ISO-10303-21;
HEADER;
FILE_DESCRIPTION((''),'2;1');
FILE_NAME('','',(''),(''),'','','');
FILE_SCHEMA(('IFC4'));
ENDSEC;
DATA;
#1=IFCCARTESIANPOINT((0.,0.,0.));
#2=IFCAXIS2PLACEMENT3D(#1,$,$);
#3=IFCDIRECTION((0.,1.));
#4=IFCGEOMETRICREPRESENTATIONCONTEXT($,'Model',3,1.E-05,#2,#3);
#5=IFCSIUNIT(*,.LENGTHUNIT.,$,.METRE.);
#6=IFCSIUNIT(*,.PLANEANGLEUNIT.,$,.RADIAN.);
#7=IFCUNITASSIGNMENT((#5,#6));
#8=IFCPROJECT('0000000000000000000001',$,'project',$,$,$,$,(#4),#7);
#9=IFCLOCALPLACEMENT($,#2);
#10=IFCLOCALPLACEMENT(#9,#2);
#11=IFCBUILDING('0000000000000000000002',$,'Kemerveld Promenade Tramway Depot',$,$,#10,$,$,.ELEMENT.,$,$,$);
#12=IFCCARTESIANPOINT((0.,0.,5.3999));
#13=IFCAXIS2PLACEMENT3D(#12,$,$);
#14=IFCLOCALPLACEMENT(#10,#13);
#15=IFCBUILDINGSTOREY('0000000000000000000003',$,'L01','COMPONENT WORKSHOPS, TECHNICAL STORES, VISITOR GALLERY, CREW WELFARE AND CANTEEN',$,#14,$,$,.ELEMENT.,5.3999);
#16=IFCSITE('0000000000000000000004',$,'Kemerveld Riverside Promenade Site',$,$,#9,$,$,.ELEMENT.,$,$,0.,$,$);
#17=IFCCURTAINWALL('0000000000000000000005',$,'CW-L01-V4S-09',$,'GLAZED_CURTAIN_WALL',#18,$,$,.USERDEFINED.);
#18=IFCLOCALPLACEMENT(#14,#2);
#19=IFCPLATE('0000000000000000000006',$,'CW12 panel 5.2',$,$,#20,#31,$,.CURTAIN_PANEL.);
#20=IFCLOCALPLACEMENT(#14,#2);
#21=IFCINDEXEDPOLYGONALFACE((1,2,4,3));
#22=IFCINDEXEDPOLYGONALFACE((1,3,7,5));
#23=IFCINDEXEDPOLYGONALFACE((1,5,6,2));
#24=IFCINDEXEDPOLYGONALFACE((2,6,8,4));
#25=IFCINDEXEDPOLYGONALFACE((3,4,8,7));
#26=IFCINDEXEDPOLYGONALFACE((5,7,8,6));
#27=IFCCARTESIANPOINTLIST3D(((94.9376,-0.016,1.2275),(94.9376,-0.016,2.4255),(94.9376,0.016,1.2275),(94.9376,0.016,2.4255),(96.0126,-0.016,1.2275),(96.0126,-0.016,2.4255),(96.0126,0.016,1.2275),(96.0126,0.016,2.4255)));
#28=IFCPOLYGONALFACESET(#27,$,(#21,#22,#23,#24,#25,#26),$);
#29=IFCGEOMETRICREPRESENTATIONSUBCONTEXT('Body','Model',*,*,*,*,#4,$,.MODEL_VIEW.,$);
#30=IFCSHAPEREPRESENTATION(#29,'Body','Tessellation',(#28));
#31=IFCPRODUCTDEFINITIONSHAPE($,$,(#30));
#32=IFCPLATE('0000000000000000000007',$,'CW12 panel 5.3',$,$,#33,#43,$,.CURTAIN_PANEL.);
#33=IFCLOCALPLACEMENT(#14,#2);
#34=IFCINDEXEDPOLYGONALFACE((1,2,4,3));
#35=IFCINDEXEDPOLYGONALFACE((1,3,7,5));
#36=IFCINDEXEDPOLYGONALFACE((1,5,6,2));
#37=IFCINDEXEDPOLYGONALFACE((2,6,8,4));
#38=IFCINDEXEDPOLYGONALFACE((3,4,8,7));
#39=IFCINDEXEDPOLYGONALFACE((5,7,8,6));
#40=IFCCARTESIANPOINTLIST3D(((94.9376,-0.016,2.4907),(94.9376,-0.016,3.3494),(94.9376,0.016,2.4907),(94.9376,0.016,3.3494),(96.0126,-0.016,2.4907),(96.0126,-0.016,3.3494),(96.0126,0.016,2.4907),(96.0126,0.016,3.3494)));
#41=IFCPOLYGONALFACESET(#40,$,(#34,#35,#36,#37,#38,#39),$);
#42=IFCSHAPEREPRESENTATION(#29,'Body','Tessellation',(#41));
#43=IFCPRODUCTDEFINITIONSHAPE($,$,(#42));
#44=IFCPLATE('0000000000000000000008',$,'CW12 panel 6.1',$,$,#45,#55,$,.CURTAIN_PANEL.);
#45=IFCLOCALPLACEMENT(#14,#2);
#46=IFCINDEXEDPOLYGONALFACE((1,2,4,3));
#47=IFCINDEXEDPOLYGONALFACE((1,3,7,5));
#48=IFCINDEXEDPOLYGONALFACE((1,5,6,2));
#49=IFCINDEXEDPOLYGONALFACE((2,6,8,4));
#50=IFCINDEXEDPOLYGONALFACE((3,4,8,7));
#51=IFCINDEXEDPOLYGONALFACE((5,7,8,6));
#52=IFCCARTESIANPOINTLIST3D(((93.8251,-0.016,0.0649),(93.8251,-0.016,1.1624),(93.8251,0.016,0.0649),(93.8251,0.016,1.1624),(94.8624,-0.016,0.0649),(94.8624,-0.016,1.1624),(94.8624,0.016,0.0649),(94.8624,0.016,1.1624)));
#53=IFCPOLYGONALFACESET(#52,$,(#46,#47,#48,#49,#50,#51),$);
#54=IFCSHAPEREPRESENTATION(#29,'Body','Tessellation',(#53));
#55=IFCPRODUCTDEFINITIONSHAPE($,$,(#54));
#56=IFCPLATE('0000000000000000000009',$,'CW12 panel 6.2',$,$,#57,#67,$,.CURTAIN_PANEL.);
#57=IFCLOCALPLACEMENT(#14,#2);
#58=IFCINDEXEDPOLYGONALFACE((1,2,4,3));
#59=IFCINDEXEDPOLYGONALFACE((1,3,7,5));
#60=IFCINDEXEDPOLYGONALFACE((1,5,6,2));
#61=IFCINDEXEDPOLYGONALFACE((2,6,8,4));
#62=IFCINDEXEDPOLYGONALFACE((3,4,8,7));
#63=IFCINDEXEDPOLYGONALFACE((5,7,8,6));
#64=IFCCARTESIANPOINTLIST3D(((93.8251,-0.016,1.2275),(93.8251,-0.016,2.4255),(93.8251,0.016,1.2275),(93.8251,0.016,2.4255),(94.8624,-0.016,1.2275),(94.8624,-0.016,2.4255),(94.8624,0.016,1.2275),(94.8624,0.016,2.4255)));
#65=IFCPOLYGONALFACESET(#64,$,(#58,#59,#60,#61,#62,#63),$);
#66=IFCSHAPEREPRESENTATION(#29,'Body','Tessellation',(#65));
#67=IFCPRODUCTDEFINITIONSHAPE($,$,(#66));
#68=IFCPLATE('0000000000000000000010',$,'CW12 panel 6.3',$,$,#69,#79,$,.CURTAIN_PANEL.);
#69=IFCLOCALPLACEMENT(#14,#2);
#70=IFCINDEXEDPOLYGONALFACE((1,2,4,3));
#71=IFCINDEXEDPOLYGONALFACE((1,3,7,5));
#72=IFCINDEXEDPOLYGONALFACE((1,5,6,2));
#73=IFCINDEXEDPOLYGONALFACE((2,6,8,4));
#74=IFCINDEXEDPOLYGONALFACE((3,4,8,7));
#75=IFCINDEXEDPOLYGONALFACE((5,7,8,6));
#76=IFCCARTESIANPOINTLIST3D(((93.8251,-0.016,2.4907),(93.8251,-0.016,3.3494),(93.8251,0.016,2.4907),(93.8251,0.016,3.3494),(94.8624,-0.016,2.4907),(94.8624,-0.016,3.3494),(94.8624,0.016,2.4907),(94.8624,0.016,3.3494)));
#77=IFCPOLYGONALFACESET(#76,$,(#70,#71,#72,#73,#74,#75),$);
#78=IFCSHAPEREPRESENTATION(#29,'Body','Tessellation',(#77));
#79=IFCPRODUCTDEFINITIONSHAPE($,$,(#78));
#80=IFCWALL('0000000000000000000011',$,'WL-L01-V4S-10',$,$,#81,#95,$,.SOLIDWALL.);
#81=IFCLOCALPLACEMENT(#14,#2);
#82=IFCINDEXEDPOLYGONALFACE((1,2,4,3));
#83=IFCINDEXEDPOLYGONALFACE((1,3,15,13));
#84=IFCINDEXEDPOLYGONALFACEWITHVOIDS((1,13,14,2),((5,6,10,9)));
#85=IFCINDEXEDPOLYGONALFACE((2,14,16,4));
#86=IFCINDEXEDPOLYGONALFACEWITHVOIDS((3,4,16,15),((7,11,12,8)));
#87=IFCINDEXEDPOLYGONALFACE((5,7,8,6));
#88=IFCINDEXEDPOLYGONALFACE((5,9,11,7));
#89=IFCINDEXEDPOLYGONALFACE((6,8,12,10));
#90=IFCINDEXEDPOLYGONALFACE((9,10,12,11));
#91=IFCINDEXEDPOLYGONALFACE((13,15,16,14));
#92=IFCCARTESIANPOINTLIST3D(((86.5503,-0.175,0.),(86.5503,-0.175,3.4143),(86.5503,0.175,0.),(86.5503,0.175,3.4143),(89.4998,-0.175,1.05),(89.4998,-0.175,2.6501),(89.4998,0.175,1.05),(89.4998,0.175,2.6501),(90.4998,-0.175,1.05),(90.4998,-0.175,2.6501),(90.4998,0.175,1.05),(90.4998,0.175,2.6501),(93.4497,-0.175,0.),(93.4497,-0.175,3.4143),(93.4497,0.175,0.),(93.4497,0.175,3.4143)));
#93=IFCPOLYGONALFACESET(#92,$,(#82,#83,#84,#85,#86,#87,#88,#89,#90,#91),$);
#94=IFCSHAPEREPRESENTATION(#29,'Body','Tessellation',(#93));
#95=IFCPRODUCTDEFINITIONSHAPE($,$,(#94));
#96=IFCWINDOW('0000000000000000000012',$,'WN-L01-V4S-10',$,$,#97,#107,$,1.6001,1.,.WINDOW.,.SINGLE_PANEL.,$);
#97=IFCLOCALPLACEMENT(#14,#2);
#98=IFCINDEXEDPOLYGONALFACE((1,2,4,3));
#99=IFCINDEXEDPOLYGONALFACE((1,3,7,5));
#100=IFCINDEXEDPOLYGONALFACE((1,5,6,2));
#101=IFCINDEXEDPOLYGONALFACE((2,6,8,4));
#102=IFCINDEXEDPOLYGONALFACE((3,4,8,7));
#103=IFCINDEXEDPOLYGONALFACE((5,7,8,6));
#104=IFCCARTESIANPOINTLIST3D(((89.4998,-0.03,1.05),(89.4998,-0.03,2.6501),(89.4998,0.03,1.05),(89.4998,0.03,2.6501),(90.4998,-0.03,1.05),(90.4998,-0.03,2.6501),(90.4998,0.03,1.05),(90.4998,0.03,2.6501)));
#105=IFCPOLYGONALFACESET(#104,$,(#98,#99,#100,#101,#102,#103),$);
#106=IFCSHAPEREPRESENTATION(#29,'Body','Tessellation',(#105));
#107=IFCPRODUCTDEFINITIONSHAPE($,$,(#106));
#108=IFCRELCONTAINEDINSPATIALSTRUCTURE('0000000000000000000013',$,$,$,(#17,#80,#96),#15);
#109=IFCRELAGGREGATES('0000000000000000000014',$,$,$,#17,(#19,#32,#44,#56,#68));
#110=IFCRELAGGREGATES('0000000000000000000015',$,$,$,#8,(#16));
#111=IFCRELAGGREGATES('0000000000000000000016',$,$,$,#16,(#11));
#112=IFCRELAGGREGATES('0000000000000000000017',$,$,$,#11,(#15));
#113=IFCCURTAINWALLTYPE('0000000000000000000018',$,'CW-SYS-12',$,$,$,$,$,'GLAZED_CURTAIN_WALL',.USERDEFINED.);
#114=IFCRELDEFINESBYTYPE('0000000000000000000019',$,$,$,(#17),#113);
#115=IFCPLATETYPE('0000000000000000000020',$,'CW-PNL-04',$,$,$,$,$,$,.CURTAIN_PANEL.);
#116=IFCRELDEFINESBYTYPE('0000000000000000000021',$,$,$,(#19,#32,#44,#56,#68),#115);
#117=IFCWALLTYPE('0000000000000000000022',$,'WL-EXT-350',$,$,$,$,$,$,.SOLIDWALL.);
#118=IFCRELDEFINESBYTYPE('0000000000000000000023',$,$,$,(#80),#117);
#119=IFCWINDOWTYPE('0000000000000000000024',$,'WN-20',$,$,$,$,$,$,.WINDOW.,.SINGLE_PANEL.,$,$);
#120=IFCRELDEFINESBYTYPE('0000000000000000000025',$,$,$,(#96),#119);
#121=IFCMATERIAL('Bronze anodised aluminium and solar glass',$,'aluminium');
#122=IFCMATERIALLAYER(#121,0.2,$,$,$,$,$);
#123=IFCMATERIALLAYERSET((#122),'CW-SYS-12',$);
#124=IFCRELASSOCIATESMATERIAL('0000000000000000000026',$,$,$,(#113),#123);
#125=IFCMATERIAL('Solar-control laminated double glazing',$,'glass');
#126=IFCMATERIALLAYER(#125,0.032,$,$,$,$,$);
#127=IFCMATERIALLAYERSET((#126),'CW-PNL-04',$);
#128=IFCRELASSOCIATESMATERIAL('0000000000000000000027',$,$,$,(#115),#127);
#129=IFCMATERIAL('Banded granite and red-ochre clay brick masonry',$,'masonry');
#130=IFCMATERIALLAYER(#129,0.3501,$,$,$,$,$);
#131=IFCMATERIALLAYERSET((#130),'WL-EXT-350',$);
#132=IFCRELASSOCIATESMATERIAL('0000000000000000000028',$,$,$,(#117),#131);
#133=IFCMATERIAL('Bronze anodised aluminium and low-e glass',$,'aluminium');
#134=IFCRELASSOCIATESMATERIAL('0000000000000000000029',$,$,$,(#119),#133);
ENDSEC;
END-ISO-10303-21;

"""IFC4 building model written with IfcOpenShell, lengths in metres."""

from ifc_helpers import new_model, si_unit, direction, frame, frame_2d, origin, origin_2d, place, context, subcontext, project, spatial, rectangle, extrude, material, layer, layer_set, type_object, element, fill, aggregate, save


model = new_model("IFC4")

# Units and contexts
model_context = context("Model", 3, precision=1e-05, world=origin(), true_north=direction((0.0, 1.0)))
body_context = subcontext(model_context, "Body", "Model", "MODEL_VIEW")
ifc_project = project(units=[si_unit("LENGTHUNIT", "METRE"), si_unit("PLANEANGLEUNIT", "RADIAN")], contexts=[model_context])

# Site, building, storey
site_placement = place(None, origin())
site = spatial("IfcSite", under=ifc_project, at=site_placement, Name="Kemerveld Riverside Promenade Site", CompositionType="ELEMENT", RefElevation=0.0)
building_placement = place(site_placement, origin())
building = spatial("IfcBuilding", under=site, at=building_placement, Name="Kemerveld Promenade Tramway Depot", CompositionType="ELEMENT")
storey_placement = place(building_placement, frame((0.0, 0.0, 5.3999)))
storey = spatial("IfcBuildingStorey", under=building, at=storey_placement, Name="L01", Description="COMPONENT WORKSHOPS, TECHNICAL STORES, VISITOR GALLERY, CREW WELFARE AND CANTEEN", CompositionType="ELEMENT", Elevation=5.3999)

# Curtain wall, plates
ifc_material_1 = material(Name="Bronze anodised aluminium and solar glass", Category="aluminium")
ifc_layer_1 = layer(ifc_material_1, 0.2)
ifc_layer_set_1 = layer_set([ifc_layer_1], Name="CW-SYS-12")
curtain_wall_type = type_object("IfcCurtainWallType", Name="CW-SYS-12", ElementType="GLAZED_CURTAIN_WALL", PredefinedType="USERDEFINED", material=ifc_layer_set_1)
curtain_wall_placement = place(storey_placement, origin())
curtain_wall = element("IfcCurtainWall", 1, at=curtain_wall_placement, inside=storey, type_object=curtain_wall_type, Name="CW-L01-V4S-09", ObjectType="GLAZED_CURTAIN_WALL", PredefinedType="USERDEFINED")
ifc_material_2 = material(Name="Solar-control laminated double glazing", Category="glass")
ifc_layer_2 = layer(ifc_material_2, 0.032)
ifc_layer_set_2 = layer_set([ifc_layer_2], Name="CW-PNL-04")
plate_type = type_object("IfcPlateType", Name="CW-PNL-04", PredefinedType="CURTAIN_PANEL", material=ifc_layer_set_2)
plate_1_placement = place(storey_placement, frame((95.4751, 0.0, 1.2275), z_axis=(0.0, 0.0, 1.0), x_axis=(-1.0, 0.0, 0.0)))
plate_1 = element("IfcPlate", 2, at=plate_1_placement, type_object=plate_type, Name="CW12 panel 5.2", PredefinedType="CURTAIN_PANEL", context=body_context, shape_type="SweptSolid", body=[
    extrude(rectangle(XDim=1.075, YDim=0.032, at=origin_2d()), origin(), (0.0, 0.0, 1.0), 1.198),
])
plate_2_placement = place(storey_placement, frame((95.4751, 0.0, 2.4907), z_axis=(0.0, 0.0, 1.0), x_axis=(-1.0, 0.0, 0.0)))
plate_2 = element("IfcPlate", 3, at=plate_2_placement, type_object=plate_type, Name="CW12 panel 5.3", PredefinedType="CURTAIN_PANEL", context=body_context, shape_type="SweptSolid", body=[
    extrude(rectangle(XDim=1.075, YDim=0.032, at=origin_2d()), origin(), (0.0, 0.0, 1.0), 0.8586),
])
plate_3_placement = place(storey_placement, frame((94.3438, 0.0, 0.0649), z_axis=(0.0, 0.0, 1.0), x_axis=(-1.0, 0.0, 0.0)))
plate_3 = element("IfcPlate", 4, at=plate_3_placement, type_object=plate_type, Name="CW12 panel 6.1", PredefinedType="CURTAIN_PANEL", context=body_context, shape_type="SweptSolid", body=[
    extrude(rectangle(XDim=1.0374, YDim=0.032, at=origin_2d()), origin(), (0.0, 0.0, 1.0), 1.0974),
])
plate_4_placement = place(storey_placement, frame((94.3438, 0.0, 1.2275), z_axis=(0.0, 0.0, 1.0), x_axis=(-1.0, 0.0, 0.0)))
plate_4 = element("IfcPlate", 5, at=plate_4_placement, type_object=plate_type, Name="CW12 panel 6.2", PredefinedType="CURTAIN_PANEL", context=body_context, shape_type="SweptSolid", body=[
    extrude(rectangle(XDim=1.0374, YDim=0.032, at=origin_2d()), origin(), (0.0, 0.0, 1.0), 1.198),
])
plate_5_placement = place(storey_placement, frame((94.3438, 0.0, 2.4907), z_axis=(0.0, 0.0, 1.0), x_axis=(-1.0, 0.0, 0.0)))
plate_5 = element("IfcPlate", 6, at=plate_5_placement, type_object=plate_type, Name="CW12 panel 6.3", PredefinedType="CURTAIN_PANEL", context=body_context, shape_type="SweptSolid", body=[
    extrude(rectangle(XDim=1.0374, YDim=0.032, at=origin_2d()), origin(), (0.0, 0.0, 1.0), 0.8586),
])
aggregate(curtain_wall, [plate_1, plate_2, plate_3, plate_4, plate_5])

# Wall, opening, window
ifc_material_3 = material(Name="Banded granite and red-ochre clay brick masonry", Category="masonry")
ifc_layer_3 = layer(ifc_material_3, 0.3501)
ifc_layer_set_3 = layer_set([ifc_layer_3], Name="WL-EXT-350")
wall_type = type_object("IfcWallType", Name="WL-EXT-350", PredefinedType="SOLIDWALL", material=ifc_layer_set_3)
wall_placement = place(storey_placement, frame((93.4497, 0.0, 0.0), z_axis=(0.0, 0.0, 1.0), x_axis=(-1.0, 0.0, 0.0)))
wall = element("IfcWall", 7, at=wall_placement, inside=storey, type_object=wall_type, Name="WL-L01-V4S-10", PredefinedType="SOLIDWALL", context=body_context, shape_type="SweptSolid", body=[
    extrude(rectangle(XDim=6.8994, YDim=0.3501, at=frame_2d((3.4497, 0.0))), origin(), (0.0, 0.0, 1.0), 3.4143),
])
opening_placement = place(wall_placement, frame((2.95, 0.0, 1.05)))
opening = element("IfcOpeningElement", 8, at=opening_placement, cuts=wall, PredefinedType="OPENING", context=body_context, shape_type="SweptSolid", body=[
    extrude(rectangle(XDim=1.0, YDim=1.6001, at=frame_2d((0.5, 0.8))), frame((0.0, 0.1851, 0.0), z_axis=(0.0, -1.0, 0.0), x_axis=(1.0, 0.0, 0.0)), (0.0, 0.0, 1.0), 0.3701),
])
ifc_material_4 = material(Name="Bronze anodised aluminium and low-e glass", Category="aluminium")
window_type = type_object("IfcWindowType", Name="WN-20", PartitioningType="SINGLE_PANEL", PredefinedType="WINDOW", material=ifc_material_4)
window_placement = place(opening_placement, origin())
window = element("IfcWindow", 9, at=window_placement, inside=storey, type_object=window_type, Name="WN-L01-V4S-10", OverallHeight=1.6001, OverallWidth=1.0, PartitioningType="SINGLE_PANEL", PredefinedType="WINDOW", context=body_context, shape_type="SweptSolid", body=[
    extrude(rectangle(XDim=1.0, YDim=1.6001, at=frame_2d((0.5, 0.8))), frame((0.0, 0.03, 0.0), z_axis=(0.0, -1.0, 0.0), x_axis=(1.0, 0.0, 0.0)), (0.0, 0.0, 1.0), 0.0601),
])
fill(opening, window)

save(model, "model.ifc")
